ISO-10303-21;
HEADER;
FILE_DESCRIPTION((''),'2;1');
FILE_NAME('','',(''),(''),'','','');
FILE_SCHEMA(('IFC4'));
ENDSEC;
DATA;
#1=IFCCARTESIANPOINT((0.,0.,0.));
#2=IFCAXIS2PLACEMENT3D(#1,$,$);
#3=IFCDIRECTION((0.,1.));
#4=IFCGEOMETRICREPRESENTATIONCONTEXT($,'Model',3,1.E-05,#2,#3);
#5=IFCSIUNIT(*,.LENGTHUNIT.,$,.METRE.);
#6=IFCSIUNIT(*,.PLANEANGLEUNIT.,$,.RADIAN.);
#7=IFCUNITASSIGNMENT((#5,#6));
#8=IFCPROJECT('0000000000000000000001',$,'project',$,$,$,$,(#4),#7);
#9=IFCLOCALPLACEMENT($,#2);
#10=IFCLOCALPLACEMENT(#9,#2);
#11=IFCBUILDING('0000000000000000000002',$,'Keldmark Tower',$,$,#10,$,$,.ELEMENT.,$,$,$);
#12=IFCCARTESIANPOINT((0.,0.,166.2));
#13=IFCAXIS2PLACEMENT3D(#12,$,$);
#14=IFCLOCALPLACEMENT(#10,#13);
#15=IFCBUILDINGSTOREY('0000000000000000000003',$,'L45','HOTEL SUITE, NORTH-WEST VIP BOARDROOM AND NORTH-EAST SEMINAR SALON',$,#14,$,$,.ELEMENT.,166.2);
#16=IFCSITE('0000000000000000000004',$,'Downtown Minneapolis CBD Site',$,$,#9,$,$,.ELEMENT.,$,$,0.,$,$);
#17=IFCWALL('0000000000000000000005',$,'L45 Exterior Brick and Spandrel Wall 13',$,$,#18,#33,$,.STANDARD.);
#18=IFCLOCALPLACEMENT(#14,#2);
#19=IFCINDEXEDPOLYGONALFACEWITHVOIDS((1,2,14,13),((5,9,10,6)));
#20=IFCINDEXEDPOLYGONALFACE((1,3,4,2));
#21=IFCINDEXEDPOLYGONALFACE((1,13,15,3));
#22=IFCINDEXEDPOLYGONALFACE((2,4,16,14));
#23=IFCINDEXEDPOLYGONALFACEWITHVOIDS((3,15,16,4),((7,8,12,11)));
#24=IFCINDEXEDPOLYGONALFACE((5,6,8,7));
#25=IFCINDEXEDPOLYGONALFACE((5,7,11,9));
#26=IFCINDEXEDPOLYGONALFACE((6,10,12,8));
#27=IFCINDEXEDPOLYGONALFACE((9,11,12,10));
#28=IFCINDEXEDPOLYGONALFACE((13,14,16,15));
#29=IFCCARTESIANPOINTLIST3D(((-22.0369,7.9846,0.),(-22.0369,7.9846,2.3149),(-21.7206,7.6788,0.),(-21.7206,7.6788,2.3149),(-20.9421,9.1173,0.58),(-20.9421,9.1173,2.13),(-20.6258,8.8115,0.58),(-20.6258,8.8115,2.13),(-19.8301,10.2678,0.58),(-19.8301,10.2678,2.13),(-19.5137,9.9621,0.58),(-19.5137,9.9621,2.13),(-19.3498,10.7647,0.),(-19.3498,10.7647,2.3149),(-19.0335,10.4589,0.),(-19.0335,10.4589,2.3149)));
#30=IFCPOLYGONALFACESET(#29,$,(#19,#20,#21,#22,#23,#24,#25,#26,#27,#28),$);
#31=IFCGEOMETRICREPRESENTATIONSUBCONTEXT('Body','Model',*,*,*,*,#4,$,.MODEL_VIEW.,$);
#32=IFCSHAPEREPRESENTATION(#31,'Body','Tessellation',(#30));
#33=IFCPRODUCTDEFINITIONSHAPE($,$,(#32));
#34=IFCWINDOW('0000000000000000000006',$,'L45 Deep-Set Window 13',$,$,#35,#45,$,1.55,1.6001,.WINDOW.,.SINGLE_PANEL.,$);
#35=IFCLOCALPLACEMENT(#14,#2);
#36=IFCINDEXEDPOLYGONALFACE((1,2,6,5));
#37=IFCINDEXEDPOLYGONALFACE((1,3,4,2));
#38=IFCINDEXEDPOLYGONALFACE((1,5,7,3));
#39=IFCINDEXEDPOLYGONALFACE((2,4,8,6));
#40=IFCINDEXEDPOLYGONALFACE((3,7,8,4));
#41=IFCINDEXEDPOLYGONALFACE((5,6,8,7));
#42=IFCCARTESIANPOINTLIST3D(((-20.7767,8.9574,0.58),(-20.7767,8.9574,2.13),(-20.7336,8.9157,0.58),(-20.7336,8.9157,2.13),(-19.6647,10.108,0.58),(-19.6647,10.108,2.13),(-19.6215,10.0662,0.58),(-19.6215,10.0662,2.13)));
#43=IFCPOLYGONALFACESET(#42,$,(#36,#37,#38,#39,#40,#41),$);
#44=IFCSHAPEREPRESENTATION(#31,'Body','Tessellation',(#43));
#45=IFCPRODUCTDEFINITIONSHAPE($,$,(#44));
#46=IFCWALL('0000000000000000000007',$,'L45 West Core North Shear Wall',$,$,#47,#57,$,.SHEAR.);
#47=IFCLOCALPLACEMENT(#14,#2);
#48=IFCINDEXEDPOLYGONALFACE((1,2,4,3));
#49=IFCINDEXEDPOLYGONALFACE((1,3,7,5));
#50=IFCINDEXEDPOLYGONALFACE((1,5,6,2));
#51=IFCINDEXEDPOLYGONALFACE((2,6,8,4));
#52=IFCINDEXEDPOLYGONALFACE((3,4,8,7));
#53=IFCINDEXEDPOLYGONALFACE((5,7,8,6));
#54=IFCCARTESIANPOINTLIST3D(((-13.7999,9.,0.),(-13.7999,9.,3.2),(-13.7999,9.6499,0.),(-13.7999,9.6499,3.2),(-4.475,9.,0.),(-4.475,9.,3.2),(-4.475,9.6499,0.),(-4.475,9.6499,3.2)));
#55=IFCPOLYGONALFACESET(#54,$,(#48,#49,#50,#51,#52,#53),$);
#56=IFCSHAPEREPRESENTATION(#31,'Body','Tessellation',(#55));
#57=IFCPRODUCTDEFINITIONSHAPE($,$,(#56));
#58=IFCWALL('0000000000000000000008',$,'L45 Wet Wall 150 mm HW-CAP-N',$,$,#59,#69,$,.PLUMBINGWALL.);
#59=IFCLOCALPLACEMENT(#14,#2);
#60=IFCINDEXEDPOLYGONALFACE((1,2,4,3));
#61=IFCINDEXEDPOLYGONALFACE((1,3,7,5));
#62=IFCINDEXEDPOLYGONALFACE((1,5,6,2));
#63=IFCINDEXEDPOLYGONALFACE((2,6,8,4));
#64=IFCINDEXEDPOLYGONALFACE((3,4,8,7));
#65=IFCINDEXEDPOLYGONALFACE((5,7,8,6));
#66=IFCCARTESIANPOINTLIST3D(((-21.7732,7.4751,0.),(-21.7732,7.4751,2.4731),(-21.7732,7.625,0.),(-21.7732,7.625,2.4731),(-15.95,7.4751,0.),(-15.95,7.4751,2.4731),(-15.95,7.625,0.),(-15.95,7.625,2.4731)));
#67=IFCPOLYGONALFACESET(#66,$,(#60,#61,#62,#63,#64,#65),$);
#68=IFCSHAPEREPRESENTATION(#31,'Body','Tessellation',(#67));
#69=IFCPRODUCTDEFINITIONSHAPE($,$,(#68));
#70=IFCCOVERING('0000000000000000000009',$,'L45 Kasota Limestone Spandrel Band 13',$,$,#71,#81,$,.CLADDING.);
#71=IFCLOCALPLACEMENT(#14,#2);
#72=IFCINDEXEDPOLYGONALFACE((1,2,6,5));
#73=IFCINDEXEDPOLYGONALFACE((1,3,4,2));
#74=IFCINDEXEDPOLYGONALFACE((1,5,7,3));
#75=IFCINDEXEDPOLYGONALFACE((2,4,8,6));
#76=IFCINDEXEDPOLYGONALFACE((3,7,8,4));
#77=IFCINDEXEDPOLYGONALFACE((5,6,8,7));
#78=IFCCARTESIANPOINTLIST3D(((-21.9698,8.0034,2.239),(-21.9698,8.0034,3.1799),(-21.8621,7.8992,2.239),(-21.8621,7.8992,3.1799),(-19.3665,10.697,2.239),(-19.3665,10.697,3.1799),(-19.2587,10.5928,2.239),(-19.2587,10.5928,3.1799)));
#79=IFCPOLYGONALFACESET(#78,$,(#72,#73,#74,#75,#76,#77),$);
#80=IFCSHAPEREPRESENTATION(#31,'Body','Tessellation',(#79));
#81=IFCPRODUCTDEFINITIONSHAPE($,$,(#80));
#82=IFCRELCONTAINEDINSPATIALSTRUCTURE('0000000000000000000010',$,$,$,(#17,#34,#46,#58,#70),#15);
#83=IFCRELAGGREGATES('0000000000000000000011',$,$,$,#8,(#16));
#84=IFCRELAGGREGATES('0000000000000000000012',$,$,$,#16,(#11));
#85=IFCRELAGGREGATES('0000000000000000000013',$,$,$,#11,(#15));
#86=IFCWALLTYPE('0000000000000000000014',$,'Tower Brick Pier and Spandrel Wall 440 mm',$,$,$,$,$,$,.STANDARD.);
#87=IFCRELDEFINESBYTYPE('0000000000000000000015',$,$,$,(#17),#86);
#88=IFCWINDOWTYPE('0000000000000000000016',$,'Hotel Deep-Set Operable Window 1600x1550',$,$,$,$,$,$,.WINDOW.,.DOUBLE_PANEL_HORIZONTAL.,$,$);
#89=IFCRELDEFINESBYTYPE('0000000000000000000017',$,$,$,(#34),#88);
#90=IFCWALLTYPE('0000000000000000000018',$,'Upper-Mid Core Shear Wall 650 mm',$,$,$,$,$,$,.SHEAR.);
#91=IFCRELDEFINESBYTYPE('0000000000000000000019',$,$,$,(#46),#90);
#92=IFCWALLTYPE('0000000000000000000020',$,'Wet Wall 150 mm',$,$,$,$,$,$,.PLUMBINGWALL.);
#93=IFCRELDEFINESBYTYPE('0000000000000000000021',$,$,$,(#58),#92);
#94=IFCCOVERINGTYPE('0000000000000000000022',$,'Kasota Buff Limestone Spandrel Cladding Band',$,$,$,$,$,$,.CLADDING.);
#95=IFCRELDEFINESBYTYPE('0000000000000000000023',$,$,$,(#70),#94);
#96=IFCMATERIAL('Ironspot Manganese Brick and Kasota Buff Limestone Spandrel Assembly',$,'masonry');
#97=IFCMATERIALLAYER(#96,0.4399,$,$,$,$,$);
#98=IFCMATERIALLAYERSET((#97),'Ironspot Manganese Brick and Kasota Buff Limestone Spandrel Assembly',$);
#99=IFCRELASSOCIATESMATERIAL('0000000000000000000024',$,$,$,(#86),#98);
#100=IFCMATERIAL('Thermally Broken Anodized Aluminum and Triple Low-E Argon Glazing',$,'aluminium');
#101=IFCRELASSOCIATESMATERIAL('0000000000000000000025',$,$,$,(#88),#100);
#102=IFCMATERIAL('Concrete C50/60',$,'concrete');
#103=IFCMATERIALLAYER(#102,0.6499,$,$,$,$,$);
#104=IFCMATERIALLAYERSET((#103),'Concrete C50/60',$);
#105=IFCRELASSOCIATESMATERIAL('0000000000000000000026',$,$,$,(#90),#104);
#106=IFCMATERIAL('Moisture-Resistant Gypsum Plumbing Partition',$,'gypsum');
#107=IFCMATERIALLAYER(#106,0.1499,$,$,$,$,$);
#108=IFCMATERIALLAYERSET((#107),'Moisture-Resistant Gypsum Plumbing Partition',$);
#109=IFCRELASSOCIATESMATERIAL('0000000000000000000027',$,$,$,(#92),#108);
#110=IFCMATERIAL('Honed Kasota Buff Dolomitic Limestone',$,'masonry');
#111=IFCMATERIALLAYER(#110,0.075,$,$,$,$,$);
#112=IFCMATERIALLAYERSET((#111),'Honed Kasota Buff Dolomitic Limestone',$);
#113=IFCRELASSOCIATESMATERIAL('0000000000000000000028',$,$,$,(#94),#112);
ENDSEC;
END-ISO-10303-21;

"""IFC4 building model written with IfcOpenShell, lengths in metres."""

from ifc_helpers import new_model, si_unit, direction, frame, frame_2d, origin, origin_2d, place, context, subcontext, project, spatial, rectangle, extrude, material, layer, layer_set, type_object, element, fill, save


model = new_model("IFC4")

# Units and contexts
model_context = context("Model", 3, precision=1e-05, world=origin(), true_north=direction((0.0, 1.0)))
body_context = subcontext(model_context, "Body", "Model", "MODEL_VIEW")
ifc_project = project(units=[si_unit("LENGTHUNIT", "METRE"), si_unit("PLANEANGLEUNIT", "RADIAN")], contexts=[model_context])

# Site, building, storey
site_placement = place(None, origin())
site = spatial("IfcSite", under=ifc_project, at=site_placement, Name="Downtown Minneapolis CBD Site", CompositionType="ELEMENT", RefElevation=0.0)
building_placement = place(site_placement, origin())
building = spatial("IfcBuilding", under=site, at=building_placement, Name="Keldmark Tower", CompositionType="ELEMENT")
storey_placement = place(building_placement, frame((0.0, 0.0, 166.2)))
storey = spatial("IfcBuildingStorey", under=building, at=storey_placement, Name="L45", Description="HOTEL SUITE, NORTH-WEST VIP BOARDROOM AND NORTH-EAST SEMINAR SALON", CompositionType="ELEMENT", Elevation=166.2)

# Wall, opening, window
ifc_material_1 = material(Name="Ironspot Manganese Brick and Kasota Buff Limestone Spandrel Assembly", Category="masonry")
ifc_layer_1 = layer(ifc_material_1, 0.4399)
ifc_layer_set_1 = layer_set([ifc_layer_1], Name="Ironspot Manganese Brick and Kasota Buff Limestone Spandrel Assembly")
wall_type_1 = type_object("IfcWallType", Name="Tower Brick Pier and Spandrel Wall 440 mm", PredefinedType="STANDARD", material=ifc_layer_set_1)
ifc_material_2 = material(Name="Thermally Broken Anodized Aluminum and Triple Low-E Argon Glazing", Category="aluminium")
window_type = type_object("IfcWindowType", Name="Hotel Deep-Set Operable Window 1600x1550", PartitioningType="DOUBLE_PANEL_HORIZONTAL", PredefinedType="WINDOW", material=ifc_material_2)
wall_1_placement = place(storey_placement, frame((-21.8787, 7.8318, 0.0), z_axis=(0.0, 0.0, 1.0), x_axis=(0.694975, 0.719034, 0.0)))
wall_1 = element("IfcWall", 1, at=wall_1_placement, inside=storey, type_object=wall_type_1, Name="L45 Exterior Brick and Spandrel Wall 13", PredefinedType="STANDARD", context=body_context, shape_type="SweptSolid", body=[
    extrude(rectangle(XDim=3.8665, YDim=0.4399, at=frame_2d((1.9331, 0.0))), origin(), (0.0, 0.0, 1.0), 2.3149),
])
opening_1_placement = place(wall_1_placement, frame((1.5752, 0.0, 0.5801)))
opening_1 = element("IfcOpeningElement", 2, at=opening_1_placement, cuts=wall_1, PredefinedType="OPENING", context=body_context, shape_type="SweptSolid", body=[
    extrude(rectangle(XDim=1.6001, YDim=1.55, at=frame_2d((0.8, 0.7749))), frame((0.0, 0.23, 0.0), z_axis=(0.0, -1.0, 0.0), x_axis=(1.0, 0.0, 0.0)), (0.0, 0.0, 1.0), 0.46),
])
window_1_placement = place(opening_1_placement, origin())
window_1 = element("IfcWindow", 3, at=window_1_placement, inside=storey, type_object=window_type, Name="L45 Deep-Set Window 13", OverallHeight=1.55, OverallWidth=1.6001, PartitioningType="SINGLE_PANEL", PredefinedType="WINDOW", context=body_context, shape_type="SweptSolid", body=[
    extrude(rectangle(XDim=1.6001, YDim=1.55, at=frame_2d((0.8, 0.7749))), frame((0.0, -0.01, 0.0), z_axis=(0.0, -1.0, 0.0), x_axis=(1.0, 0.0, 0.0)), (0.0, 0.0, 1.0), 0.0601),
])
fill(opening_1, window_1)

# Walls
ifc_material_3 = material(Name="Concrete C50/60", Category="concrete")
ifc_layer_2 = layer(ifc_material_3, 0.6499)
ifc_layer_set_2 = layer_set([ifc_layer_2], Name="Concrete C50/60")
wall_type_2 = type_object("IfcWallType", Name="Upper-Mid Core Shear Wall 650 mm", PredefinedType="SHEAR", material=ifc_layer_set_2)
wall_2_placement = place(storey_placement, frame((-13.8, 9.325, 0.0), z_axis=(0.0, 0.0, 1.0), x_axis=(1.0, 0.0, 0.0)))
element("IfcWall", 4, at=wall_2_placement, inside=storey, type_object=wall_type_2, Name="L45 West Core North Shear Wall", PredefinedType="SHEAR", context=body_context, shape_type="SweptSolid", body=[
    extrude(rectangle(XDim=9.325, YDim=0.6499, at=frame_2d((4.6626, 0.0))), origin(), (0.0, 0.0, 1.0), 3.2),
])
ifc_material_4 = material(Name="Moisture-Resistant Gypsum Plumbing Partition", Category="gypsum")
ifc_layer_3 = layer(ifc_material_4, 0.1499)
ifc_layer_set_3 = layer_set([ifc_layer_3], Name="Moisture-Resistant Gypsum Plumbing Partition")
wall_type_3 = type_object("IfcWallType", Name="Wet Wall 150 mm", PredefinedType="PLUMBINGWALL", material=ifc_layer_set_3)
wall_3_placement = place(storey_placement, frame((-21.7732, 7.55, 0.0), z_axis=(0.0, 0.0, 1.0), x_axis=(1.0, 0.0, 0.0)))
element("IfcWall", 5, at=wall_3_placement, inside=storey, type_object=wall_type_3, Name="L45 Wet Wall 150 mm HW-CAP-N", PredefinedType="PLUMBINGWALL", context=body_context, shape_type="SweptSolid", body=[
    extrude(rectangle(XDim=5.8232, YDim=0.1499, at=frame_2d((2.9116, 0.0))), origin(), (0.0, 0.0, 1.0), 2.4731),
])

# Covering
ifc_material_5 = material(Name="Honed Kasota Buff Dolomitic Limestone", Category="masonry")
ifc_layer_4 = layer(ifc_material_5, 0.075)
ifc_layer_set_4 = layer_set([ifc_layer_4], Name="Honed Kasota Buff Dolomitic Limestone")
covering_type = type_object("IfcCoveringType", Name="Kasota Buff Limestone Spandrel Cladding Band", PredefinedType="CLADDING", material=ifc_layer_set_4)
covering_placement = place(storey_placement, frame((-20.6143, 9.2981, 2.239), z_axis=(0.0, 0.0, 1.0), x_axis=(-0.69496, -0.719049, 0.0)))
element("IfcCovering", 6, at=covering_placement, inside=storey, type_object=covering_type, Name="L45 Kasota Limestone Spandrel Band 13", PredefinedType="CLADDING", context=body_context, shape_type="SweptSolid", body=[
    extrude(rectangle(XDim=3.7461, YDim=0.1499, at=origin_2d()), origin(), (0.0, 0.0, 1.0), 0.9409),
])

save(model, "model.ifc")
